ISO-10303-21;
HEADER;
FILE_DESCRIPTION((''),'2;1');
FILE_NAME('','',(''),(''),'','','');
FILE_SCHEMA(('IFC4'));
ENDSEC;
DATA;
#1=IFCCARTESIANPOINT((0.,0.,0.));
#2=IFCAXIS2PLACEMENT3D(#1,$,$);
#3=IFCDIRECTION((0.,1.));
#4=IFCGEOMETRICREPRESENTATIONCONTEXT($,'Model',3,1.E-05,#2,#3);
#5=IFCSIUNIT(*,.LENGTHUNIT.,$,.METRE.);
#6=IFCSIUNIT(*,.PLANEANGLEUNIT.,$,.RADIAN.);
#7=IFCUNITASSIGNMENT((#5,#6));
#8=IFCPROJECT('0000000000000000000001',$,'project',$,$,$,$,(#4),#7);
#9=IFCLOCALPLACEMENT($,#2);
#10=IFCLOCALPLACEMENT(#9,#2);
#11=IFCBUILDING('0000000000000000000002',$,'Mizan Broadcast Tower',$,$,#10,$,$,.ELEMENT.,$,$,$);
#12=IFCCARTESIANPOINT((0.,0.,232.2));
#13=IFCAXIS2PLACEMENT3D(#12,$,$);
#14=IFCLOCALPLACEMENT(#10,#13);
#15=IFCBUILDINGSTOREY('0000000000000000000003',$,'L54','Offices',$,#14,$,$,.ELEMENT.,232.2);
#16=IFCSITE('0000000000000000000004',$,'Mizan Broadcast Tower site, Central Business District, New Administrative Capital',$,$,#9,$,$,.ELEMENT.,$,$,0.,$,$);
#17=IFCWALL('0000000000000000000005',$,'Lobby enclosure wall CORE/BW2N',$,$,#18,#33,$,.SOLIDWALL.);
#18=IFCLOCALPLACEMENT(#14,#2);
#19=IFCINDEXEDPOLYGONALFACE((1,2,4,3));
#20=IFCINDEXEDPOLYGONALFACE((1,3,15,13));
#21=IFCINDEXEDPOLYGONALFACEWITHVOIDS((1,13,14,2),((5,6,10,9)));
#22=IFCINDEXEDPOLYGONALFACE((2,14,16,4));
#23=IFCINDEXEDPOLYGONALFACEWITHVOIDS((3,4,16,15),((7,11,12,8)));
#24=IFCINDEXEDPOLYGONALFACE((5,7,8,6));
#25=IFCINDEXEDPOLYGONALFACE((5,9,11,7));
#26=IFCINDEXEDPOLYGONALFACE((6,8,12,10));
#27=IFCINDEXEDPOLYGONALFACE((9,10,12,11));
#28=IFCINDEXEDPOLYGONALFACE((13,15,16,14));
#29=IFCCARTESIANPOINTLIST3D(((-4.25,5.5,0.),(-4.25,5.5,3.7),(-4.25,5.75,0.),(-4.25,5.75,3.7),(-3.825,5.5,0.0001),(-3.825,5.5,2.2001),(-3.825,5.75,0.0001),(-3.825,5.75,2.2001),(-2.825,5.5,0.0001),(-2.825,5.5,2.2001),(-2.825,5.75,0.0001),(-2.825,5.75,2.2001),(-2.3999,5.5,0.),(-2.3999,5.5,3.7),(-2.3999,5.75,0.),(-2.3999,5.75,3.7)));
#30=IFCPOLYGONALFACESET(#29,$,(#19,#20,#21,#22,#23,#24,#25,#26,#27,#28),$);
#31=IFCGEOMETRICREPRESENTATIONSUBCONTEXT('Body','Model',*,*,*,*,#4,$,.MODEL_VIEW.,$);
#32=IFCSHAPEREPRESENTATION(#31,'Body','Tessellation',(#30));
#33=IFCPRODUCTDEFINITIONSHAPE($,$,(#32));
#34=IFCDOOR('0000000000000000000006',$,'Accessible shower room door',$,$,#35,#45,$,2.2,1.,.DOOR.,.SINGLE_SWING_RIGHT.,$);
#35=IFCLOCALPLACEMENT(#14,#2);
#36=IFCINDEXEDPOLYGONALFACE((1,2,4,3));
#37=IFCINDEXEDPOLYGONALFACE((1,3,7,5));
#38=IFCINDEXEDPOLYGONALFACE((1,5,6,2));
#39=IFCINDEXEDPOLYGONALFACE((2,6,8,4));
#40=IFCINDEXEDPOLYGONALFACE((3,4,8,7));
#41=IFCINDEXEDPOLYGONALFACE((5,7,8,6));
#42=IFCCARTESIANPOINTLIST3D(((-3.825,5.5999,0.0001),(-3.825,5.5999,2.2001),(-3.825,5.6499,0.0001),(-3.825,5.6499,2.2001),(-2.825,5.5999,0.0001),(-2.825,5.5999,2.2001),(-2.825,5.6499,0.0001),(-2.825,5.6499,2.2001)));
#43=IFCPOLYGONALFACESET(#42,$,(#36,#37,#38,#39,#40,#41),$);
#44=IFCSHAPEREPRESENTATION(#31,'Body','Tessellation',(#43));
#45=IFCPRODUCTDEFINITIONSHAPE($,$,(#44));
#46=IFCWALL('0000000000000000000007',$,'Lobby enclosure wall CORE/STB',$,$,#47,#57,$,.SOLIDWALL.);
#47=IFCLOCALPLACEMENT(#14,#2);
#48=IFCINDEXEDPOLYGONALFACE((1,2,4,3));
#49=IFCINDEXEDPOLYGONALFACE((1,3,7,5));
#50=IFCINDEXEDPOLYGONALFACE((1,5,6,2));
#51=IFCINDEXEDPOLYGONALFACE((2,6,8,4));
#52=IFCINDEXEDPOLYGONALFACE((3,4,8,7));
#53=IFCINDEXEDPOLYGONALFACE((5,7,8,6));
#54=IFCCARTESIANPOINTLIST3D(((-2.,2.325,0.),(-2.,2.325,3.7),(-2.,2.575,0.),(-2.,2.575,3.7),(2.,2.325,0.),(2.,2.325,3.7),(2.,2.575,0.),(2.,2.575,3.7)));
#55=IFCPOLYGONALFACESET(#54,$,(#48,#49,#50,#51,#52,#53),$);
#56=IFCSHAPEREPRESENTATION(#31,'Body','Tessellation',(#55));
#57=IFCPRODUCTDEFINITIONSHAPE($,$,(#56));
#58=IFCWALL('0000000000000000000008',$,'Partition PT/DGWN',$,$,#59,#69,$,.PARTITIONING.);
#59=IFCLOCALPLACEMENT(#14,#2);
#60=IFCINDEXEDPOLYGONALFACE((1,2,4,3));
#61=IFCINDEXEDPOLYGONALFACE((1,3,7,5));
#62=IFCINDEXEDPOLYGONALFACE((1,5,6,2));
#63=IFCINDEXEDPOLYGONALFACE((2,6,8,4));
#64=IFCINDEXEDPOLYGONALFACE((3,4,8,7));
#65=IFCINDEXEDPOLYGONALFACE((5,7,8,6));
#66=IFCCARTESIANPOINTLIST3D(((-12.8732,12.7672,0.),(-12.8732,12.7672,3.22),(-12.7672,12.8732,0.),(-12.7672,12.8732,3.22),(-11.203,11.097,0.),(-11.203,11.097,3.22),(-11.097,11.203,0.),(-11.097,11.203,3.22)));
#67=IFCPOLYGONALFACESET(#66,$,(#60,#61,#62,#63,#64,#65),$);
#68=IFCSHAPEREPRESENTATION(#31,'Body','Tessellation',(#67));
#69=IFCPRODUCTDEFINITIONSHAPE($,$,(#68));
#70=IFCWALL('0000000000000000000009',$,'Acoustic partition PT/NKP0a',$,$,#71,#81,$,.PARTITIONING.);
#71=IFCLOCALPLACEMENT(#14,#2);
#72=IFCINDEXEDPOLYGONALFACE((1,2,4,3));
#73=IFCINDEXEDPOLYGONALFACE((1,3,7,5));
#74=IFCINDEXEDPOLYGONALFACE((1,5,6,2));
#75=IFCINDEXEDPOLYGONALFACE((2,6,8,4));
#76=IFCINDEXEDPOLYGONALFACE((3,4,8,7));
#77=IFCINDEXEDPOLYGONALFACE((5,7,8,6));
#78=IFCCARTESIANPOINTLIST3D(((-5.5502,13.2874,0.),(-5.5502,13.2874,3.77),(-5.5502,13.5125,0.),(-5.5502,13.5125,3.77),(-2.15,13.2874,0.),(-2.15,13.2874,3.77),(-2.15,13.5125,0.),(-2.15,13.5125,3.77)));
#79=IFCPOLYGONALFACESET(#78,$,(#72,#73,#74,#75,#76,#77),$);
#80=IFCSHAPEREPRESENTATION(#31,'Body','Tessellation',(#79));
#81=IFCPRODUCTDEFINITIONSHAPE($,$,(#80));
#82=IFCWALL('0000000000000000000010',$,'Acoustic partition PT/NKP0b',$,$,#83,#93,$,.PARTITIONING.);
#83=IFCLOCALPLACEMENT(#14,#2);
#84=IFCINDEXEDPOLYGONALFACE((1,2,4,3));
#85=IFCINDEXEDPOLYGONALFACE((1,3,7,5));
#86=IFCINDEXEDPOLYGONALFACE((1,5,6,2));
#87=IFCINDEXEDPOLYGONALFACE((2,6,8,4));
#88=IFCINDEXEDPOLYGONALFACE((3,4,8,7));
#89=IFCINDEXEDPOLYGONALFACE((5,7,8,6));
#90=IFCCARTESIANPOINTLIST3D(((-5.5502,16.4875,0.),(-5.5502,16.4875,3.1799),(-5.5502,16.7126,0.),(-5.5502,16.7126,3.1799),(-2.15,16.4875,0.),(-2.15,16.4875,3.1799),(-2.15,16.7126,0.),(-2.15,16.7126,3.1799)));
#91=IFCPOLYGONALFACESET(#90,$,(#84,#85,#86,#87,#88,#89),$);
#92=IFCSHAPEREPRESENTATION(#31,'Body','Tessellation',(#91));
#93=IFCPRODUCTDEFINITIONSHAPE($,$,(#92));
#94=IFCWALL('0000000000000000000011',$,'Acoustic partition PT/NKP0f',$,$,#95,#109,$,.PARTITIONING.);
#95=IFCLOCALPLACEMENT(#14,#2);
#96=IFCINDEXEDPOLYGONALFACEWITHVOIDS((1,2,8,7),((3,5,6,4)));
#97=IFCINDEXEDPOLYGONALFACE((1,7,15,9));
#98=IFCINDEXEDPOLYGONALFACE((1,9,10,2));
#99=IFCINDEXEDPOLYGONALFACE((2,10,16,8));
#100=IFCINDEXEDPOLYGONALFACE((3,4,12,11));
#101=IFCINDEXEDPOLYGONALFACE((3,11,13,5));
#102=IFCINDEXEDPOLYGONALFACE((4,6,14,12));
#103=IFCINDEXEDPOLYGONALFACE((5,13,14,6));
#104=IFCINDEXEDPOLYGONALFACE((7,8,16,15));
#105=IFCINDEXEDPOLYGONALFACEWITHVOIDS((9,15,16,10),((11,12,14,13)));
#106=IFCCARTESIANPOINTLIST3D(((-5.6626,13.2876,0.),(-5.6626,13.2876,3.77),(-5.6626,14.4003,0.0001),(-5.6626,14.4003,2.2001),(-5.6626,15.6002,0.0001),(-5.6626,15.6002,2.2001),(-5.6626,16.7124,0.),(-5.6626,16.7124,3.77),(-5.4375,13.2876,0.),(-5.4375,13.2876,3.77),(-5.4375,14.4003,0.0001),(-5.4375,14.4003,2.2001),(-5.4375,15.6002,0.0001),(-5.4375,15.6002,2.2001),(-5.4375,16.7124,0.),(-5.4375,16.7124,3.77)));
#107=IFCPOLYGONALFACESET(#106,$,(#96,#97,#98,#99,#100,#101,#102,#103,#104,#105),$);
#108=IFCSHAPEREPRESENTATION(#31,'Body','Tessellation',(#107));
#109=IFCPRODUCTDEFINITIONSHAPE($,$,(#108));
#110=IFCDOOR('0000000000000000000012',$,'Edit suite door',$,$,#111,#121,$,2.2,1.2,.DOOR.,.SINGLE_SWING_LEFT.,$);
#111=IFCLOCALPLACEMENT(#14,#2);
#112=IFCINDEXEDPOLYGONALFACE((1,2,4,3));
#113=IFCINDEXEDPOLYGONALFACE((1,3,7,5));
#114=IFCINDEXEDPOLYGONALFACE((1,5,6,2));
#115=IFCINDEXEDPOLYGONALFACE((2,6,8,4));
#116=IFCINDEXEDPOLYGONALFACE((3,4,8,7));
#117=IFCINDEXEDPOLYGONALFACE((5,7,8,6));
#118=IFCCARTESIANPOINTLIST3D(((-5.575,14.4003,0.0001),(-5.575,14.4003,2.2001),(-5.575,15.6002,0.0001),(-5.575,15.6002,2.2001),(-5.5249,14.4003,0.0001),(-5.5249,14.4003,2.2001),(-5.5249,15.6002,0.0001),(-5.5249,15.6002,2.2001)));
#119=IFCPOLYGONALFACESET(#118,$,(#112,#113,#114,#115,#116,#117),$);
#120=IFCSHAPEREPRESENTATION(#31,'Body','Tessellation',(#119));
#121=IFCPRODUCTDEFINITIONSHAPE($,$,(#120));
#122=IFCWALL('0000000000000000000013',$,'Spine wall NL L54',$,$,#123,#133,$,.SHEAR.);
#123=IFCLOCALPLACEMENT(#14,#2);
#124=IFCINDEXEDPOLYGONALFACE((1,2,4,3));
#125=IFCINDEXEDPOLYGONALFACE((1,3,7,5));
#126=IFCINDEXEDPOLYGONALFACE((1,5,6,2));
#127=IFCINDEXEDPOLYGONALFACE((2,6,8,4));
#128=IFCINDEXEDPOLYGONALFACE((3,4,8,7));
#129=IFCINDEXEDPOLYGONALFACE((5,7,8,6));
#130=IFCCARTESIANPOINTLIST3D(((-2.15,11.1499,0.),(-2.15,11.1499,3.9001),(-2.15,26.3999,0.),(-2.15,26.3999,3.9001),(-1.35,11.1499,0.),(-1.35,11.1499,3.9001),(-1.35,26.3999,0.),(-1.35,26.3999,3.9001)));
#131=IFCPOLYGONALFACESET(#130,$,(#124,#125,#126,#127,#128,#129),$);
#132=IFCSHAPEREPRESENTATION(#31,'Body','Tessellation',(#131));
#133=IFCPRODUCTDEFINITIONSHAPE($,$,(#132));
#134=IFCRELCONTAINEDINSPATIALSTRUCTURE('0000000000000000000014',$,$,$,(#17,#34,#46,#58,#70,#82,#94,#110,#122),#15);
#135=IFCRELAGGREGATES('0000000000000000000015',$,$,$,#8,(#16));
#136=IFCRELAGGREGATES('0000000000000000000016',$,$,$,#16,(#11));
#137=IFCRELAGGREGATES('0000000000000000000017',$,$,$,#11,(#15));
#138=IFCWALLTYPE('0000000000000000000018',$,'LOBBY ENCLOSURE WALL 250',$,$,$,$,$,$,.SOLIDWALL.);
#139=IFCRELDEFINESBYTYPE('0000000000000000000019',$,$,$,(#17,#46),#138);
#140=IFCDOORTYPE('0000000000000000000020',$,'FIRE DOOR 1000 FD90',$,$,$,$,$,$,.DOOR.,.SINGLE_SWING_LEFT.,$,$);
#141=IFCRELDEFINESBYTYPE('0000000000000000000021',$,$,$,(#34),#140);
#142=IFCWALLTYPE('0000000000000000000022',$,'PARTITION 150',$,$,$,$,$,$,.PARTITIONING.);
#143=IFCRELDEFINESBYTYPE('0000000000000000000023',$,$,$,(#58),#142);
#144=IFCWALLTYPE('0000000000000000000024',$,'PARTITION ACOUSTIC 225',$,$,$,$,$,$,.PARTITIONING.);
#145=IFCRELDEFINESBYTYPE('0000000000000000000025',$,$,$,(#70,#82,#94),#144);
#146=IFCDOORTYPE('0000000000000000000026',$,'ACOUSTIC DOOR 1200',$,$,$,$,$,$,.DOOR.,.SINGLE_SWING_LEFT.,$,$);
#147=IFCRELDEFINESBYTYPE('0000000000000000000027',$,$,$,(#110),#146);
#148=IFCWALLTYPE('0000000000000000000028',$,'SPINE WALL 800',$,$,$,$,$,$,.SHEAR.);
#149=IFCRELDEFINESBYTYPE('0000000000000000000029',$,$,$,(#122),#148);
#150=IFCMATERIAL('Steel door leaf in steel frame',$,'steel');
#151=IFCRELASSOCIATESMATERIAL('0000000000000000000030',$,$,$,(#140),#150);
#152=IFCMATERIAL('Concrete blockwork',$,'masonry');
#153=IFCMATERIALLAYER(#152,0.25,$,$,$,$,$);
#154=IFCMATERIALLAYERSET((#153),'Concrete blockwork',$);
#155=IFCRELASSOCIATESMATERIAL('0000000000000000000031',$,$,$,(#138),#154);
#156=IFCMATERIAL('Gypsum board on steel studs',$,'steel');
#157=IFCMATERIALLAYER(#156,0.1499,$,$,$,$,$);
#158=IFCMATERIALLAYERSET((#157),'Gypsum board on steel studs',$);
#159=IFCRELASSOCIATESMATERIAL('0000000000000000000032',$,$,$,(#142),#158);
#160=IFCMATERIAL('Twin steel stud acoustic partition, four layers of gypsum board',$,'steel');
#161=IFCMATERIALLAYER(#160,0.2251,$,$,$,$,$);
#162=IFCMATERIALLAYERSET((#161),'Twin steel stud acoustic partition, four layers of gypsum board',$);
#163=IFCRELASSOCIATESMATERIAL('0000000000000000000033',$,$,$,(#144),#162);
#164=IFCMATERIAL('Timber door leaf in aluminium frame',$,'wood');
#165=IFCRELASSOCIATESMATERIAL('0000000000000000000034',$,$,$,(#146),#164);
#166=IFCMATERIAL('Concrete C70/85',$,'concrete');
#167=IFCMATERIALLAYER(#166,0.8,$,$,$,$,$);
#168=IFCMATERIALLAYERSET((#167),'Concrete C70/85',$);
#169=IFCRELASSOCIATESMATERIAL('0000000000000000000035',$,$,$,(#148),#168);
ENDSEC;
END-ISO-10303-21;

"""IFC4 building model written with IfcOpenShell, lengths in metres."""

from ifc_helpers import new_model, si_unit, direction, frame, frame_2d, origin, place, context, subcontext, project, spatial, rectangle, extrude, material, layer, layer_set, type_object, element, fill, save


model = new_model("IFC4")

# Units and contexts
model_context = context("Model", 3, precision=1e-05, world=origin(), true_north=direction((0.0, 1.0)))
body_context = subcontext(model_context, "Body", "Model", "MODEL_VIEW")
ifc_project = project(units=[si_unit("LENGTHUNIT", "METRE"), si_unit("PLANEANGLEUNIT", "RADIAN")], contexts=[model_context])

# Site, building, storey
site_placement = place(None, origin())
site = spatial("IfcSite", under=ifc_project, at=site_placement, Name="Mizan Broadcast Tower site, Central Business District, New Administrative Capital", CompositionType="ELEMENT", RefElevation=0.0)
building_placement = place(site_placement, origin())
building = spatial("IfcBuilding", under=site, at=building_placement, Name="Mizan Broadcast Tower", CompositionType="ELEMENT")
storey_placement = place(building_placement, frame((0.0, 0.0, 232.2)))
storey = spatial("IfcBuildingStorey", under=building, at=storey_placement, Name="L54", Description="Offices", CompositionType="ELEMENT", Elevation=232.2)

# Shared definitions
ifc_material_1 = material(Name="Steel door leaf in steel frame", Category="steel")
door_type_1 = type_object("IfcDoorType", Name="FIRE DOOR 1000 FD90", OperationType="SINGLE_SWING_LEFT", PredefinedType="DOOR", material=ifc_material_1)

# Wall, opening, door
ifc_material_2 = material(Name="Concrete blockwork", Category="masonry")
ifc_layer_1 = layer(ifc_material_2, 0.25)
ifc_layer_set_1 = layer_set([ifc_layer_1], Name="Concrete blockwork")
wall_type_1 = type_object("IfcWallType", Name="LOBBY ENCLOSURE WALL 250", PredefinedType="SOLIDWALL", material=ifc_layer_set_1)
wall_1_placement = place(storey_placement, frame((-4.25, 5.625, 0.0), z_axis=(0.0, 0.0, 1.0), x_axis=(1.0, 0.0, 0.0)))
wall_1 = element("IfcWall", 1, at=wall_1_placement, inside=storey, type_object=wall_type_1, Name="Lobby enclosure wall CORE/BW2N", PredefinedType="SOLIDWALL", context=body_context, shape_type="SweptSolid", body=[
    extrude(rectangle(XDim=1.8501, YDim=0.25, at=frame_2d((0.925, 0.0))), origin(), (0.0, 0.0, 1.0), 3.7),
])
opening_1_placement = place(wall_1_placement, frame((0.425, 0.0, 0.0)))
opening_1 = element("IfcOpeningElement", 2, at=opening_1_placement, cuts=wall_1, PredefinedType="OPENING", context=body_context, shape_type="SweptSolid", body=[
    extrude(rectangle(XDim=1.0, YDim=2.2, at=frame_2d((0.5, 1.1001))), frame((0.0, 0.135, 0.0), z_axis=(0.0, -1.0, 0.0), x_axis=(1.0, 0.0, 0.0)), (0.0, 0.0, 1.0), 0.27),
])
door_1_placement = place(opening_1_placement, origin())
door_1 = element("IfcDoor", 3, at=door_1_placement, inside=storey, type_object=door_type_1, Name="Accessible shower room door", OperationType="SINGLE_SWING_RIGHT", OverallHeight=2.2, OverallWidth=1.0, PredefinedType="DOOR", context=body_context, shape_type="SweptSolid", body=[
    extrude(rectangle(XDim=1.0, YDim=2.2, at=frame_2d((0.5, 1.1001))), frame((0.0, 0.0249, 0.0), z_axis=(0.0, -1.0, 0.0), x_axis=(1.0, 0.0, 0.0)), (0.0, 0.0, 1.0), 0.05),
])
fill(opening_1, door_1)

# Walls
wall_2_placement = place(storey_placement, frame((-2.0, 2.45, 0.0), z_axis=(0.0, 0.0, 1.0), x_axis=(1.0, 0.0, 0.0)))
element("IfcWall", 4, at=wall_2_placement, inside=storey, type_object=wall_type_1, Name="Lobby enclosure wall CORE/STB", PredefinedType="SOLIDWALL", context=body_context, shape_type="SweptSolid", body=[
    extrude(rectangle(XDim=4.0, YDim=0.25, at=frame_2d((2.0, 0.0))), origin(), (0.0, 0.0, 1.0), 3.7),
])
ifc_material_3 = material(Name="Gypsum board on steel studs", Category="steel")
ifc_layer_2 = layer(ifc_material_3, 0.1499)
ifc_layer_set_2 = layer_set([ifc_layer_2], Name="Gypsum board on steel studs")
wall_type_2 = type_object("IfcWallType", Name="PARTITION 150", PredefinedType="PARTITIONING", material=ifc_layer_set_2)
wall_3_placement = place(storey_placement, frame((-11.1499, 11.1499, 0.0), z_axis=(0.0, 0.0, 1.0), x_axis=(-0.707107, 0.707107, 0.0)))
element("IfcWall", 5, at=wall_3_placement, inside=storey, type_object=wall_type_2, Name="Partition PT/DGWN", PredefinedType="PARTITIONING", context=body_context, shape_type="SweptSolid", body=[
    extrude(rectangle(XDim=2.3621, YDim=0.1499, at=frame_2d((1.1812, 0.0))), origin(), (0.0, 0.0, 1.0), 3.22),
])
ifc_material_4 = material(Name="Twin steel stud acoustic partition, four layers of gypsum board", Category="steel")
ifc_layer_3 = layer(ifc_material_4, 0.2251)
ifc_layer_set_3 = layer_set([ifc_layer_3], Name="Twin steel stud acoustic partition, four layers of gypsum board")
wall_type_3 = type_object("IfcWallType", Name="PARTITION ACOUSTIC 225", PredefinedType="PARTITIONING", material=ifc_layer_set_3)
wall_4_placement = place(storey_placement, frame((-2.1499, 13.3999, 0.0), z_axis=(0.0, 0.0, 1.0), x_axis=(-1.0, 0.0, 0.0)))
element("IfcWall", 6, at=wall_4_placement, inside=storey, type_object=wall_type_3, Name="Acoustic partition PT/NKP0a", PredefinedType="PARTITIONING", context=body_context, shape_type="SweptSolid", body=[
    extrude(rectangle(XDim=3.4001, YDim=0.2251, at=frame_2d((1.7002, 0.0))), origin(), (0.0, 0.0, 1.0), 3.77),
])
wall_5_placement = place(storey_placement, frame((-2.1499, 16.6001, 0.0), z_axis=(0.0, 0.0, 1.0), x_axis=(-1.0, 0.0, 0.0)))
element("IfcWall", 7, at=wall_5_placement, inside=storey, type_object=wall_type_3, Name="Acoustic partition PT/NKP0b", PredefinedType="PARTITIONING", context=body_context, shape_type="SweptSolid", body=[
    extrude(rectangle(XDim=3.4001, YDim=0.2251, at=frame_2d((1.7002, 0.0))), origin(), (0.0, 0.0, 1.0), 3.1799),
])

# Wall, opening, door
wall_6_placement = place(storey_placement, frame((-5.55, 13.2876, 0.0), z_axis=(0.0, 0.0, 1.0), x_axis=(0.0, 1.0, 0.0)))
wall_6 = element("IfcWall", 8, at=wall_6_placement, inside=storey, type_object=wall_type_3, Name="Acoustic partition PT/NKP0f", PredefinedType="PARTITIONING", context=body_context, shape_type="SweptSolid", body=[
    extrude(rectangle(XDim=3.4248, YDim=0.2251, at=frame_2d((1.7124, 0.0))), origin(), (0.0, 0.0, 1.0), 3.77),
])
opening_2_placement = place(wall_6_placement, frame((1.1125, 0.0, 0.0)))
opening_2 = element("IfcOpeningElement", 9, at=opening_2_placement, cuts=wall_6, PredefinedType="OPENING", context=body_context, shape_type="SweptSolid", body=[
    extrude(rectangle(XDim=1.2, YDim=2.2, at=frame_2d((0.6001, 1.1001))), frame((0.0, 0.1226, 0.0), z_axis=(0.0, -1.0, 0.0), x_axis=(1.0, 0.0, 0.0)), (0.0, 0.0, 1.0), 0.2451),
])
ifc_material_5 = material(Name="Timber door leaf in aluminium frame", Category="wood")
door_type_2 = type_object("IfcDoorType", Name="ACOUSTIC DOOR 1200", OperationType="SINGLE_SWING_LEFT", PredefinedType="DOOR", material=ifc_material_5)
door_2_placement = place(opening_2_placement, origin())
door_2 = element("IfcDoor", 10, at=door_2_placement, inside=storey, type_object=door_type_2, Name="Edit suite door", OperationType="SINGLE_SWING_LEFT", OverallHeight=2.2, OverallWidth=1.2, PredefinedType="DOOR", context=body_context, shape_type="SweptSolid", body=[
    extrude(rectangle(XDim=1.2, YDim=2.2, at=frame_2d((0.6001, 1.1001))), frame((0.0, 0.0249, 0.0), z_axis=(0.0, -1.0, 0.0), x_axis=(1.0, 0.0, 0.0)), (0.0, 0.0, 1.0), 0.05),
])
fill(opening_2, door_2)

# Wall
ifc_material_6 = material(Name="Concrete C70/85", Category="concrete")
ifc_layer_4 = layer(ifc_material_6, 0.8)
ifc_layer_set_4 = layer_set([ifc_layer_4], Name="Concrete C70/85")
wall_type_4 = type_object("IfcWallType", Name="SPINE WALL 800", PredefinedType="SHEAR", material=ifc_layer_set_4)
wall_7_placement = place(storey_placement, frame((-1.75, 11.1499, 0.0), z_axis=(0.0, 0.0, 1.0), x_axis=(0.0, 1.0, 0.0)))
element("IfcWall", 11, at=wall_7_placement, inside=storey, type_object=wall_type_4, Name="Spine wall NL L54", PredefinedType="SHEAR", context=body_context, shape_type="SweptSolid", body=[
    extrude(rectangle(XDim=15.25, YDim=0.8, at=frame_2d((7.625, 0.0))), origin(), (0.0, 0.0, 1.0), 3.9001),
])

save(model, "model.ifc")
